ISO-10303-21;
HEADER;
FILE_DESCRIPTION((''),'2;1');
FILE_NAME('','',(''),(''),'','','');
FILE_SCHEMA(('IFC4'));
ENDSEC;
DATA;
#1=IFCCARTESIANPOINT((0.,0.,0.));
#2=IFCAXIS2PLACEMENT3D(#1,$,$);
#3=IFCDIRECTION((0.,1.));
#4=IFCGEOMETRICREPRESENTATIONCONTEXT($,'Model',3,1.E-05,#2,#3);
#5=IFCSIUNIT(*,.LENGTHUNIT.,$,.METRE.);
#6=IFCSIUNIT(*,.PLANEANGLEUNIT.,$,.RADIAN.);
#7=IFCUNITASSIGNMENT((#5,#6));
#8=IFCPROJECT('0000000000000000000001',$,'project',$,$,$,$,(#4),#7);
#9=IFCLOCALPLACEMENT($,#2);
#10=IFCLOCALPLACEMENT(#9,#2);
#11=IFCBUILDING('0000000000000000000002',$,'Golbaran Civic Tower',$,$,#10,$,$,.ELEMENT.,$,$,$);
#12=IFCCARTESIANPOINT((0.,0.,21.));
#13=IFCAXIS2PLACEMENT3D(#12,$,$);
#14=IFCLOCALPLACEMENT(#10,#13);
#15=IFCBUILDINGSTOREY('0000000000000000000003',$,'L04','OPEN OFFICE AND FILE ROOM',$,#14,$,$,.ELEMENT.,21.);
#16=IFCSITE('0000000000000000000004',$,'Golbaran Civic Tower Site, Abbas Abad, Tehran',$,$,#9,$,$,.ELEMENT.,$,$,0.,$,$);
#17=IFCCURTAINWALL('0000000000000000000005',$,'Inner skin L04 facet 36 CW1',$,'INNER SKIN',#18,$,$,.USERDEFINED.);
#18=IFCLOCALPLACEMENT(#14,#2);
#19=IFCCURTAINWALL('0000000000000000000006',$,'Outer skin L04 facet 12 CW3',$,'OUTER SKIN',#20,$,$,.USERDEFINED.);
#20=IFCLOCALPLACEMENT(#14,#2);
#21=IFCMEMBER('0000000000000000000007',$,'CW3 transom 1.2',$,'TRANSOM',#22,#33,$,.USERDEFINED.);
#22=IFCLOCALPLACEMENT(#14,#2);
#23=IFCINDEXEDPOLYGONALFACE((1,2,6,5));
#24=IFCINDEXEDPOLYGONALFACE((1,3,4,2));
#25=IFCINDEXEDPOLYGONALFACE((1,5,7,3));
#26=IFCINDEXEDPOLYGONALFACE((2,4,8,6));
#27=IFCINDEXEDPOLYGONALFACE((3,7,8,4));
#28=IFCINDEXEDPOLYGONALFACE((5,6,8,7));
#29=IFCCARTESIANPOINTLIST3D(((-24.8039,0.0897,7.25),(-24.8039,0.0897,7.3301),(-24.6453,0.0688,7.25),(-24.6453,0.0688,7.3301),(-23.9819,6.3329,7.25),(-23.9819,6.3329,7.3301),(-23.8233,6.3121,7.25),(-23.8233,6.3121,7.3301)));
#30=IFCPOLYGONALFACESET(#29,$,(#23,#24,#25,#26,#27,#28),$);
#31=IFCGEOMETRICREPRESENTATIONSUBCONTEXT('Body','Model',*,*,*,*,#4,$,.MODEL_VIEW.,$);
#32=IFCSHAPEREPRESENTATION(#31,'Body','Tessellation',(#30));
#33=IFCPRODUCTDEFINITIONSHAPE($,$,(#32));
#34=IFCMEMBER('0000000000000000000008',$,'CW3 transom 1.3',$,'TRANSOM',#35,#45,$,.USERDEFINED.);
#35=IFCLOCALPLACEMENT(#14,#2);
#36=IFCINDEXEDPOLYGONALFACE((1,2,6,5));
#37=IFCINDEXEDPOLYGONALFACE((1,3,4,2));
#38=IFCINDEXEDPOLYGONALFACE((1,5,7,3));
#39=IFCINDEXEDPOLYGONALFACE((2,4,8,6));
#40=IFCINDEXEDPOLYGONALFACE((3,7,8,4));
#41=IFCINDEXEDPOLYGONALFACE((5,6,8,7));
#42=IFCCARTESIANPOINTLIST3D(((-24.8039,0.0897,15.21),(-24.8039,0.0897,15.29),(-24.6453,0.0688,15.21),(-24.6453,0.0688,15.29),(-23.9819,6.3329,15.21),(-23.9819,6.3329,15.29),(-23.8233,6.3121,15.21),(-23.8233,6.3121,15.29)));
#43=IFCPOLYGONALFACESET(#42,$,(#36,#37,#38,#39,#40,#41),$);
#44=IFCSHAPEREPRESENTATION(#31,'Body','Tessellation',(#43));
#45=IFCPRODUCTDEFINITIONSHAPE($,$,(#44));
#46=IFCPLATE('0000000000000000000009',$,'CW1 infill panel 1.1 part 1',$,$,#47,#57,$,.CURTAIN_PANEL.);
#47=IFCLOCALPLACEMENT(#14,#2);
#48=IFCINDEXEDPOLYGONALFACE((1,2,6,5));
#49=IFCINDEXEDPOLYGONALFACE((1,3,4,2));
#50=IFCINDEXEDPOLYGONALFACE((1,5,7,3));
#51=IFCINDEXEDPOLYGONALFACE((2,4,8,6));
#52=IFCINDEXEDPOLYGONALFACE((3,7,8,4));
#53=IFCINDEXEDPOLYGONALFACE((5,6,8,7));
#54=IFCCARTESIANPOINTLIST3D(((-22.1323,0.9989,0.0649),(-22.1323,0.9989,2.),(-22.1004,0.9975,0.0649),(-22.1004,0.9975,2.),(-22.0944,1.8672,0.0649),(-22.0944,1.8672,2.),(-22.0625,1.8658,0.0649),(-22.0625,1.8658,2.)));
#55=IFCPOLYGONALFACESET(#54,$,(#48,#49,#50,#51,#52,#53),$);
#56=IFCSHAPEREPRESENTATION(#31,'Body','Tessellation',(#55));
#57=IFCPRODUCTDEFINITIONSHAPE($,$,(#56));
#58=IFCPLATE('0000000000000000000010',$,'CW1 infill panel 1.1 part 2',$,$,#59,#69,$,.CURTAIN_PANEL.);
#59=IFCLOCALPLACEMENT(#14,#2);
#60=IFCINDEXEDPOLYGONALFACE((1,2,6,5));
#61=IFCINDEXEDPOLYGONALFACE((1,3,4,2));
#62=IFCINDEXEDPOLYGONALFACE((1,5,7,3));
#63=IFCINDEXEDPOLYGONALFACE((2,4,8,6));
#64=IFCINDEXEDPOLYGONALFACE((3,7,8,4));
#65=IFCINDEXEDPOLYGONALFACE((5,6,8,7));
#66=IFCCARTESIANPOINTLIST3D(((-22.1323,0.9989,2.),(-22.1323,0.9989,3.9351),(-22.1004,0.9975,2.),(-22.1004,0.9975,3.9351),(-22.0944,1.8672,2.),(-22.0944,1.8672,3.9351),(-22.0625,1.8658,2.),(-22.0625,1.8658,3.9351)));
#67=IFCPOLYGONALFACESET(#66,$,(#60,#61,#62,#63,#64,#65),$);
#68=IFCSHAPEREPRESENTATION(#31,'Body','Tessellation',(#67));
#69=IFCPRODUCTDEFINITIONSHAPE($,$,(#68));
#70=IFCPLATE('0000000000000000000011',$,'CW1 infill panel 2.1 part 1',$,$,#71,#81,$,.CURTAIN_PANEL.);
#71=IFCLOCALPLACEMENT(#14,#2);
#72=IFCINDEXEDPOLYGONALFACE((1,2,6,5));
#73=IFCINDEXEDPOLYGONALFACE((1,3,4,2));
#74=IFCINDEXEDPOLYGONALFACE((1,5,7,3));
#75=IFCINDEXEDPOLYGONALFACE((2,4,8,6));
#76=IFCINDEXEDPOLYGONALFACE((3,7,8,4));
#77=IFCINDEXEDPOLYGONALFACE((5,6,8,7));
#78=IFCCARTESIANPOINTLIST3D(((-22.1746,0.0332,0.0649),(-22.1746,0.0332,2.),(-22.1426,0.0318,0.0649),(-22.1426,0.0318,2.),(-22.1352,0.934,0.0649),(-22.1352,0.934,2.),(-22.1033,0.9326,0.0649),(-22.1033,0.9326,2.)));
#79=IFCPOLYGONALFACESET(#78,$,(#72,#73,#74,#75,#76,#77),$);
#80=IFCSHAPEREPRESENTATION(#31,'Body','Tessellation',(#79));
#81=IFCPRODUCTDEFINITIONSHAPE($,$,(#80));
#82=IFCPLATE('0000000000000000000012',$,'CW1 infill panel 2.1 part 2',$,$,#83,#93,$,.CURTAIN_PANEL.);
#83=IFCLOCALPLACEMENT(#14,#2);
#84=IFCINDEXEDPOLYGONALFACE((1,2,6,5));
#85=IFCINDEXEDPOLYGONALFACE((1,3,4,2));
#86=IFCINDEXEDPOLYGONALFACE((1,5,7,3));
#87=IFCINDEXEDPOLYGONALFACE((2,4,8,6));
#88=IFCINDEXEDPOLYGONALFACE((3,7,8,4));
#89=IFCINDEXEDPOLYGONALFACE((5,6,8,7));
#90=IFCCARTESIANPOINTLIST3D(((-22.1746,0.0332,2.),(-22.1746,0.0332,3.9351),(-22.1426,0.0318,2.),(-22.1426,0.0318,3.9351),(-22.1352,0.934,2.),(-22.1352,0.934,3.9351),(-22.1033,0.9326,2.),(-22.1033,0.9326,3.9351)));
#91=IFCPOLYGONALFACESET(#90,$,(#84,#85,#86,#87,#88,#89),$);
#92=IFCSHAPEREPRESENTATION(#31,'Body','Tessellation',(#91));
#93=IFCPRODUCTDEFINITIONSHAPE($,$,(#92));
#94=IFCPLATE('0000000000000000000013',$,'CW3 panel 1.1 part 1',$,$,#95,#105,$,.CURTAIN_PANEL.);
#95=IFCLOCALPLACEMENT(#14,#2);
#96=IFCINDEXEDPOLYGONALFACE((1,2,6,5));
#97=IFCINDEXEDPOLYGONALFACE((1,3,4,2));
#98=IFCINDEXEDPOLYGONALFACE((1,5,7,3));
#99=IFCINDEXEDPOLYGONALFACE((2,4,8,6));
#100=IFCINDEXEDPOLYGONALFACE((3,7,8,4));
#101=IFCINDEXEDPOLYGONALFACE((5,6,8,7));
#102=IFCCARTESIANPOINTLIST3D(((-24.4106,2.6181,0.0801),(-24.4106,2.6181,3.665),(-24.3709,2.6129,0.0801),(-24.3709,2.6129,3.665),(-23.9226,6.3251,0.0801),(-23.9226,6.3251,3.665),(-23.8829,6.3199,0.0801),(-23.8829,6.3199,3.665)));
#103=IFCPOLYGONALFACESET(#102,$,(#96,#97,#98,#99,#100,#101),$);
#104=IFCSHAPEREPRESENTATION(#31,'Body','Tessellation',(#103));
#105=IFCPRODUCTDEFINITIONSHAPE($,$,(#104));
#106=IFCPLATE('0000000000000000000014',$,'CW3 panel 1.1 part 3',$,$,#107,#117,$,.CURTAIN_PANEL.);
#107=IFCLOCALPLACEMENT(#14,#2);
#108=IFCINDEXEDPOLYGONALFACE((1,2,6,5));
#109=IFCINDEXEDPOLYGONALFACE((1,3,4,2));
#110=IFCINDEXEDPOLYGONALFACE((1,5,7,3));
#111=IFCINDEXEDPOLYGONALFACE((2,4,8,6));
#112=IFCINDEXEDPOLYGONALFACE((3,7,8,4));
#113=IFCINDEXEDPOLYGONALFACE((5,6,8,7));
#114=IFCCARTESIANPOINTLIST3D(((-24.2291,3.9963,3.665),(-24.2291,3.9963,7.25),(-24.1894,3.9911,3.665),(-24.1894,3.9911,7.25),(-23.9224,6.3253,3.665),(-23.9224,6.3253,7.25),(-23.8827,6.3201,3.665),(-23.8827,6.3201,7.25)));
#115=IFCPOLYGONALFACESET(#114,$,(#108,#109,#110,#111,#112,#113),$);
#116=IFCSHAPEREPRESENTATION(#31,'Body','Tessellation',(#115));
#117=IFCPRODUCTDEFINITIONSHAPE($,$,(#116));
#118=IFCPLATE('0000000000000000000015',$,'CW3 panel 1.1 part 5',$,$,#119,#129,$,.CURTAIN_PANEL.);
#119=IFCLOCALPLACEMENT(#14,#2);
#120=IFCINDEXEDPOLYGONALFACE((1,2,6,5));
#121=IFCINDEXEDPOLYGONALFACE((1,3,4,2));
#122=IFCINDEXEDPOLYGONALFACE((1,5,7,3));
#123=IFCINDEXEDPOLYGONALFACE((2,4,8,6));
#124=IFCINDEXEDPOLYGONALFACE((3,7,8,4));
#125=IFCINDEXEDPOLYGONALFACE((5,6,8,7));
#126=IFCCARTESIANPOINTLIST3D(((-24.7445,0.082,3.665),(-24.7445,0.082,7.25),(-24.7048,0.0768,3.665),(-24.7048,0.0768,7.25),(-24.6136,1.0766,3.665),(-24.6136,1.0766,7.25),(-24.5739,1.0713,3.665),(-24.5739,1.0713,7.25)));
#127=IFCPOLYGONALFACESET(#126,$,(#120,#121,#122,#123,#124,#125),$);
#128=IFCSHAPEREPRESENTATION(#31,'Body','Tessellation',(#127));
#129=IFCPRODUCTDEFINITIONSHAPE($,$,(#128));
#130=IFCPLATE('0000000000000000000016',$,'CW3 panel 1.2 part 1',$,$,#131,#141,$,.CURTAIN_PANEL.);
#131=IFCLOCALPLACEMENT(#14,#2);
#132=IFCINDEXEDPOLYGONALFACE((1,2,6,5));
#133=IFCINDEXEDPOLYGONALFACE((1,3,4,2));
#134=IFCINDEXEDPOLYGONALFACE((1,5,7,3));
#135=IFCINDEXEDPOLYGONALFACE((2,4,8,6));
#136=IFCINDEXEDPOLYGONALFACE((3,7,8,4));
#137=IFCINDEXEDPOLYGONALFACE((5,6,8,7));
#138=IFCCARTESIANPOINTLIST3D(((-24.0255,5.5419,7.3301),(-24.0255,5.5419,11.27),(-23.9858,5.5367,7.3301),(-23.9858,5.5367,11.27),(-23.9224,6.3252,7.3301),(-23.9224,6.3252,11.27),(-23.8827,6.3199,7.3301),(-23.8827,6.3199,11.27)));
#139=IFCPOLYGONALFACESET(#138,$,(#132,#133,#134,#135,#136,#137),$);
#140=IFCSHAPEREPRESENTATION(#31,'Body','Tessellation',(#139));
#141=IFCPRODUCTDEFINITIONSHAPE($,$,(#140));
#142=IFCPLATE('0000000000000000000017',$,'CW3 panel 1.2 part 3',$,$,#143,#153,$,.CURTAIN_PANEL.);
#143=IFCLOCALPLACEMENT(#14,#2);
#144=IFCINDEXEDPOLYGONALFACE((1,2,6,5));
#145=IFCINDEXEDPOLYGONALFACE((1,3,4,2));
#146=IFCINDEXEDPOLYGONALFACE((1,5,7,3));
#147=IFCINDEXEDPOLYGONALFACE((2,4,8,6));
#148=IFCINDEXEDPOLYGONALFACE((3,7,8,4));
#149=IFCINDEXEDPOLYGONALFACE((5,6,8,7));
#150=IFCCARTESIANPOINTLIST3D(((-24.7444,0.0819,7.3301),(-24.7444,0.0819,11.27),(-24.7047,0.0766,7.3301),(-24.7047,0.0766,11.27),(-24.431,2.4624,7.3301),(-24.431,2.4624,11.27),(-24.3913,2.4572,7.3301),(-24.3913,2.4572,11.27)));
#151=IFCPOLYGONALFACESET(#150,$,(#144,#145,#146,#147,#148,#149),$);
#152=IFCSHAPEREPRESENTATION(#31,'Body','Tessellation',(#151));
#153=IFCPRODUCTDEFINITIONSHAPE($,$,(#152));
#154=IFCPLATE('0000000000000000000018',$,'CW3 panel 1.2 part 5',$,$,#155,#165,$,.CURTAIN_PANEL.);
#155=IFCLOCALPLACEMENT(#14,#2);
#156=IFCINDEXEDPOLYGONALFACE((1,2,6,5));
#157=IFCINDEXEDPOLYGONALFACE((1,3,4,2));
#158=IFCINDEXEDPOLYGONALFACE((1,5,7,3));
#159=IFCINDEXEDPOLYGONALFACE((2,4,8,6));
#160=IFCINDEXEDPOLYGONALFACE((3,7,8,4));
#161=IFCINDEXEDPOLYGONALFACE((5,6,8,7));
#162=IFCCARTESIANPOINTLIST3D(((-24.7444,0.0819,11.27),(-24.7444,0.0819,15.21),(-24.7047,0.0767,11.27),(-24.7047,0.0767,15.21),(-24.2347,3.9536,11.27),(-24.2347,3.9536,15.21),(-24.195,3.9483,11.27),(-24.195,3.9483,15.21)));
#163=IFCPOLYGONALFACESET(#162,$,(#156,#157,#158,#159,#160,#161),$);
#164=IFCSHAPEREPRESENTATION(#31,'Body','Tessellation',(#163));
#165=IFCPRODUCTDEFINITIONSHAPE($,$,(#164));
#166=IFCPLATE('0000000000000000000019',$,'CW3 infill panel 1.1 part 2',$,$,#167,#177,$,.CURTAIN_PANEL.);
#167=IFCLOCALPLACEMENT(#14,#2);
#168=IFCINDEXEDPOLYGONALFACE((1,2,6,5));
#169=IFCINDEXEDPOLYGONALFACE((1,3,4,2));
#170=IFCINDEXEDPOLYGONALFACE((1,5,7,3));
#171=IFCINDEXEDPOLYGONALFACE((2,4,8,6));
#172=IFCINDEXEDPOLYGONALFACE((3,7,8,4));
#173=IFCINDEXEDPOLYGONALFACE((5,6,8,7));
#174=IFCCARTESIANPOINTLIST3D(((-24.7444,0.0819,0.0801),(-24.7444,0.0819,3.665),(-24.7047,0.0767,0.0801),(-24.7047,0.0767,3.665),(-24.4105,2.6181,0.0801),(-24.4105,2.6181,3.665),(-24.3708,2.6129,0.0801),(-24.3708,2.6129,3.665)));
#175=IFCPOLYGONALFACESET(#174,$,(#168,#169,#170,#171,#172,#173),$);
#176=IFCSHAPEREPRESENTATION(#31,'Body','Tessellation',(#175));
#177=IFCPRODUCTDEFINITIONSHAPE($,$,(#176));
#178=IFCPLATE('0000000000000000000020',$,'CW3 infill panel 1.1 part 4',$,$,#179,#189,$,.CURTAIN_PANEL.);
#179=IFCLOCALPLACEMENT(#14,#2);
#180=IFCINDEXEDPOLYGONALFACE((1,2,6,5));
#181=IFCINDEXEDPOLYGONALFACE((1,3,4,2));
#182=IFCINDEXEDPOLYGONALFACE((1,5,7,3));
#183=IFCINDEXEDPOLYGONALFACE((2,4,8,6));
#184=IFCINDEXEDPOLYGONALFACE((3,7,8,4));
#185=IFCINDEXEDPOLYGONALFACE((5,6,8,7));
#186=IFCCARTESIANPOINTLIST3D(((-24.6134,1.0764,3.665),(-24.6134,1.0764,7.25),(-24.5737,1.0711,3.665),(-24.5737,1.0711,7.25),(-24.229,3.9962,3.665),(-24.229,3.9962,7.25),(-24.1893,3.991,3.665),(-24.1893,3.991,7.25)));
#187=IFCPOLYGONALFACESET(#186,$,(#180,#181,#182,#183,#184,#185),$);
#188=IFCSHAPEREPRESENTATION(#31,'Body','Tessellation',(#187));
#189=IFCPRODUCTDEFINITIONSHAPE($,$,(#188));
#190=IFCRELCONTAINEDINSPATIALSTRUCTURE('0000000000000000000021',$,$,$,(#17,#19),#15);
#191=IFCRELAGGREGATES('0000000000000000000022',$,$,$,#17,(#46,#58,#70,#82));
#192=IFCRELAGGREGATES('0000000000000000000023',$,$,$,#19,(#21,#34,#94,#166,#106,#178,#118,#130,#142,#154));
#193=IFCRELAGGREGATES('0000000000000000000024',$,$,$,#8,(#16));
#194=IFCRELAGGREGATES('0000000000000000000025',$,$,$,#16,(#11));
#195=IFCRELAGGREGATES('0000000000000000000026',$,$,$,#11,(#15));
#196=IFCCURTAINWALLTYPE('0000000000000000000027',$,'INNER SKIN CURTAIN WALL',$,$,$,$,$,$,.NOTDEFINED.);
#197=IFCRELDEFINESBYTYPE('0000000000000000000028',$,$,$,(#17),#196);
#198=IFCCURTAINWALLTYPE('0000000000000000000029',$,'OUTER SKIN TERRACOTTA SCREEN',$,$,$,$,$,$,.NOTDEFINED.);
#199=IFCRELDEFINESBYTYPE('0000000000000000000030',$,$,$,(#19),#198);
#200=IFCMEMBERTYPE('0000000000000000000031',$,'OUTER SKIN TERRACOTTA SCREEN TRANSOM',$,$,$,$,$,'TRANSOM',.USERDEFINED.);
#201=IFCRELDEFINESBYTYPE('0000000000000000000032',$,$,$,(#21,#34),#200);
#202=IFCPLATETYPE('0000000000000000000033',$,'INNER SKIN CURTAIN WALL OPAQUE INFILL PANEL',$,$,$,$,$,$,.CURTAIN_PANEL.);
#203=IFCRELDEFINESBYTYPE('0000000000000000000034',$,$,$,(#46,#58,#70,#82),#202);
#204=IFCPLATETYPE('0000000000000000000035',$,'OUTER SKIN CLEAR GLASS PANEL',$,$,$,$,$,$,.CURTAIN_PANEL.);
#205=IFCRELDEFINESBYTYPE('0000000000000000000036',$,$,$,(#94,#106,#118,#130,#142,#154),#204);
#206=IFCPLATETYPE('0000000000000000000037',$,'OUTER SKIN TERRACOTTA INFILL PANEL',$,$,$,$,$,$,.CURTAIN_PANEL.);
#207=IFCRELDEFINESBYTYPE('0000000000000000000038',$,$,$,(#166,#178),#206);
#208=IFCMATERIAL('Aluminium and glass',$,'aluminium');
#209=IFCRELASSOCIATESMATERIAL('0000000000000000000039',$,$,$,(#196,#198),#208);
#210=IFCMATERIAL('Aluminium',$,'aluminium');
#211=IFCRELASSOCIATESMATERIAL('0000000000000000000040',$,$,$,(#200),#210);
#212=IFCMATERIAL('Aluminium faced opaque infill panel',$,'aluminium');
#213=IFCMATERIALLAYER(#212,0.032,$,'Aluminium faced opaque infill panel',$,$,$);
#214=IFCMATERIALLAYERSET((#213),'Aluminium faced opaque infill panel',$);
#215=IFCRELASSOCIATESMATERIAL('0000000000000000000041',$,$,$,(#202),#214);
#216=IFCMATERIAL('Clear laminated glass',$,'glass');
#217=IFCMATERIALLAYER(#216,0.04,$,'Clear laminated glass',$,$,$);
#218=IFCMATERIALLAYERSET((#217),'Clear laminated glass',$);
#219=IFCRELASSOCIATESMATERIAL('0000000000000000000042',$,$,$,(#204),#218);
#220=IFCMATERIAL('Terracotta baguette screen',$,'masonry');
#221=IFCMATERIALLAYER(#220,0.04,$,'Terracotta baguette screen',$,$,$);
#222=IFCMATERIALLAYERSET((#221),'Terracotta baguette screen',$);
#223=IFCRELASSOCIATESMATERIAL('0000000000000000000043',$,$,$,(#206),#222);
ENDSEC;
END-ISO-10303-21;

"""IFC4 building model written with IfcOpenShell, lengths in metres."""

from ifc_helpers import new_model, si_unit, direction, frame, origin, origin_2d, place, context, subcontext, project, spatial, rectangle, extrude, material, layer, layer_set, material_profile, profile_set, type_object, element, aggregate, save


model = new_model("IFC4")

# Units and contexts
model_context = context("Model", 3, precision=1e-05, world=origin(), true_north=direction((0.0, 1.0)))
body_context = subcontext(model_context, "Body", "Model", "MODEL_VIEW")
ifc_project = project(units=[si_unit("LENGTHUNIT", "METRE"), si_unit("PLANEANGLEUNIT", "RADIAN")], contexts=[model_context])

# Site, building, storey
site_placement = place(None, origin())
site = spatial("IfcSite", under=ifc_project, at=site_placement, Name="Golbaran Civic Tower Site, Abbas Abad, Tehran", CompositionType="ELEMENT", RefElevation=0.0)
building_placement = place(site_placement, origin())
building = spatial("IfcBuilding", under=site, at=building_placement, Name="Golbaran Civic Tower", CompositionType="ELEMENT")
storey_placement = place(building_placement, frame((0.0, 0.0, 21.0)))
storey = spatial("IfcBuildingStorey", under=building, at=storey_placement, Name="L04", Description="OPEN OFFICE AND FILE ROOM", CompositionType="ELEMENT", Elevation=21.0)

# Curtain wall
ifc_material_1 = material(Name="Aluminium and glass", Category="aluminium")
curtain_wall_type_1 = type_object("IfcCurtainWallType", Name="INNER SKIN CURTAIN WALL", PredefinedType="NOTDEFINED", material=ifc_material_1)
curtain_wall_1_placement = place(storey_placement, origin())
curtain_wall_1 = element("IfcCurtainWall", 1, at=curtain_wall_1_placement, inside=storey, type_object=curtain_wall_type_1, Name="Inner skin L04 facet 36 CW1", ObjectType="INNER SKIN", PredefinedType="USERDEFINED")
ifc_material_2 = material(Name="Aluminium", Category="aluminium")

# Shared definitions
curtain_wall_type_2 = type_object("IfcCurtainWallType", Name="OUTER SKIN TERRACOTTA SCREEN", PredefinedType="NOTDEFINED", material=ifc_material_1)

# Curtain wall, members
curtain_wall_2_placement = place(storey_placement, origin())
curtain_wall_2 = element("IfcCurtainWall", 2, at=curtain_wall_2_placement, inside=storey, type_object=curtain_wall_type_2, Name="Outer skin L04 facet 12 CW3", ObjectType="OUTER SKIN", PredefinedType="USERDEFINED")
ifc_material_profile_1 = material_profile(ifc_material_2, rectangle(XDim=0.1599, YDim=0.0801, at=origin_2d()), Name="OUTER SKIN TERRACOTTA SCREEN TRANSOM")
ifc_profile_set_1 = profile_set([ifc_material_profile_1], Name="Aluminium")
member_type_1 = type_object("IfcMemberType", Name="OUTER SKIN TERRACOTTA SCREEN TRANSOM", ElementType="TRANSOM", PredefinedType="USERDEFINED", material=ifc_profile_set_1)
member_1_placement = place(storey_placement, frame((-23.9026, 6.3225, 7.29), z_axis=(-0.130541, -0.991443, 0.0), x_axis=(0.991443, -0.130541, 0.0)))
member_1 = element("IfcMember", 3, at=member_1_placement, type_object=member_type_1, Name="CW3 transom 1.2", ObjectType="TRANSOM", PredefinedType="USERDEFINED", context=body_context, shape_type="SweptSolid", body=[
    extrude(rectangle(XDim=0.1599, YDim=0.0801, at=origin_2d()), origin(), (0.0, 0.0, 1.0), 6.2971),
])
member_2_placement = place(storey_placement, frame((-23.9026, 6.3225, 15.25), z_axis=(-0.130541, -0.991443, 0.0), x_axis=(0.991443, -0.130541, 0.0)))
member_2 = element("IfcMember", 4, at=member_2_placement, type_object=member_type_1, Name="CW3 transom 1.3", ObjectType="TRANSOM", PredefinedType="USERDEFINED", context=body_context, shape_type="SweptSolid", body=[
    extrude(rectangle(XDim=0.1599, YDim=0.0801, at=origin_2d()), origin(), (0.0, 0.0, 1.0), 6.2971),
])

# Plates
ifc_material_3 = material(Name="Aluminium faced opaque infill panel", Category="aluminium")
ifc_layer_1 = layer(ifc_material_3, 0.032, Name="Aluminium faced opaque infill panel")
ifc_layer_set_1 = layer_set([ifc_layer_1], Name="Aluminium faced opaque infill panel")
plate_type_1 = type_object("IfcPlateType", Name="INNER SKIN CURTAIN WALL OPAQUE INFILL PANEL", PredefinedType="CURTAIN_PANEL", material=ifc_layer_set_1)
plate_1_placement = place(storey_placement, frame((-22.0974, 1.4324, 0.0649), z_axis=(0.0, 0.0, 1.0), x_axis=(-0.043619, -0.999048, 0.0)))
plate_1 = element("IfcPlate", 5, at=plate_1_placement, type_object=plate_type_1, Name="CW1 infill panel 1.1 part 1", PredefinedType="CURTAIN_PANEL", context=body_context, shape_type="SweptSolid", body=[
    extrude(rectangle(XDim=0.8691, YDim=0.032, at=origin_2d()), origin(), (0.0, 0.0, 1.0), 1.9351),
])
plate_2_placement = place(storey_placement, frame((-22.0974, 1.4324, 2.0), z_axis=(0.0, 0.0, 1.0), x_axis=(-0.043619, -0.999048, 0.0)))
plate_2 = element("IfcPlate", 6, at=plate_2_placement, type_object=plate_type_1, Name="CW1 infill panel 1.1 part 2", PredefinedType="CURTAIN_PANEL", context=body_context, shape_type="SweptSolid", body=[
    extrude(rectangle(XDim=0.8691, YDim=0.032, at=origin_2d()), origin(), (0.0, 0.0, 1.0), 1.9351),
])
plate_3_placement = place(storey_placement, frame((-22.1389, 0.4829, 0.0649), z_axis=(0.0, 0.0, 1.0), x_axis=(-0.043619, -0.999048, 0.0)))
plate_3 = element("IfcPlate", 7, at=plate_3_placement, type_object=plate_type_1, Name="CW1 infill panel 2.1 part 1", PredefinedType="CURTAIN_PANEL", context=body_context, shape_type="SweptSolid", body=[
    extrude(rectangle(XDim=0.9016, YDim=0.032, at=origin_2d()), origin(), (0.0, 0.0, 1.0), 1.9351),
])
plate_4_placement = place(storey_placement, frame((-22.1389, 0.4829, 2.0), z_axis=(0.0, 0.0, 1.0), x_axis=(-0.043619, -0.999048, 0.0)))
plate_4 = element("IfcPlate", 8, at=plate_4_placement, type_object=plate_type_1, Name="CW1 infill panel 2.1 part 2", PredefinedType="CURTAIN_PANEL", context=body_context, shape_type="SweptSolid", body=[
    extrude(rectangle(XDim=0.9016, YDim=0.032, at=origin_2d()), origin(), (0.0, 0.0, 1.0), 1.9351),
])
aggregate(curtain_wall_1, [plate_1, plate_2, plate_3, plate_4])
ifc_material_4 = material(Name="Clear laminated glass", Category="glass")
ifc_layer_2 = layer(ifc_material_4, 0.04, Name="Clear laminated glass")
ifc_layer_set_2 = layer_set([ifc_layer_2], Name="Clear laminated glass")
plate_type_2 = type_object("IfcPlateType", Name="OUTER SKIN CLEAR GLASS PANEL", PredefinedType="CURTAIN_PANEL", material=ifc_layer_set_2)
plate_5_placement = place(storey_placement, frame((-24.1467, 4.469, 0.0801), z_axis=(0.0, 0.0, 1.0), x_axis=(-0.130526, -0.991445, 0.0)))
plate_5 = element("IfcPlate", 9, at=plate_5_placement, type_object=plate_type_2, Name="CW3 panel 1.1 part 1", PredefinedType="CURTAIN_PANEL", context=body_context, shape_type="SweptSolid", body=[
    extrude(rectangle(XDim=3.739, YDim=0.04, at=origin_2d()), origin(), (0.0, 0.0, 1.0), 3.585),
])
plate_6_placement = place(storey_placement, frame((-24.0559, 5.1582, 3.665), z_axis=(0.0, 0.0, 1.0), x_axis=(-0.130526, -0.991445, 0.0)))
plate_6 = element("IfcPlate", 10, at=plate_6_placement, type_object=plate_type_2, Name="CW3 panel 1.1 part 3", PredefinedType="CURTAIN_PANEL", context=body_context, shape_type="SweptSolid", body=[
    extrude(rectangle(XDim=2.3491, YDim=0.04, at=origin_2d()), origin(), (0.0, 0.0, 1.0), 3.585),
])
plate_7_placement = place(storey_placement, frame((-24.6592, 0.5767, 3.665), z_axis=(0.0, 0.0, 1.0), x_axis=(-0.130526, -0.991445, 0.0)))
plate_7 = element("IfcPlate", 11, at=plate_7_placement, type_object=plate_type_2, Name="CW3 panel 1.1 part 5", PredefinedType="CURTAIN_PANEL", context=body_context, shape_type="SweptSolid", body=[
    extrude(rectangle(XDim=1.0032, YDim=0.04, at=origin_2d()), origin(), (0.0, 0.0, 1.0), 3.585),
])
plate_8_placement = place(storey_placement, frame((-23.9541, 5.9309, 7.3301), z_axis=(0.0, 0.0, 1.0), x_axis=(-0.130526, -0.991445, 0.0)))
plate_8 = element("IfcPlate", 12, at=plate_8_placement, type_object=plate_type_2, Name="CW3 panel 1.2 part 1", PredefinedType="CURTAIN_PANEL", context=body_context, shape_type="SweptSolid", body=[
    extrude(rectangle(XDim=0.79, YDim=0.04, at=origin_2d()), origin(), (0.0, 0.0, 1.0), 3.9399),
])
plate_9_placement = place(storey_placement, frame((-24.5679, 1.2695, 7.3301), z_axis=(0.0, 0.0, 1.0), x_axis=(-0.130526, -0.991445, 0.0)))
plate_9 = element("IfcPlate", 13, at=plate_9_placement, type_object=plate_type_2, Name="CW3 panel 1.2 part 3", PredefinedType="CURTAIN_PANEL", context=body_context, shape_type="SweptSolid", body=[
    extrude(rectangle(XDim=2.4011, YDim=0.04, at=origin_2d()), origin(), (0.0, 0.0, 1.0), 3.9399),
])
plate_10_placement = place(storey_placement, frame((-24.4697, 2.0151, 11.27), z_axis=(0.0, 0.0, 1.0), x_axis=(-0.130526, -0.991445, 0.0)))
plate_10 = element("IfcPlate", 14, at=plate_10_placement, type_object=plate_type_2, Name="CW3 panel 1.2 part 5", PredefinedType="CURTAIN_PANEL", context=body_context, shape_type="SweptSolid", body=[
    extrude(rectangle(XDim=3.905, YDim=0.04, at=origin_2d()), origin(), (0.0, 0.0, 1.0), 3.9399),
])
ifc_material_5 = material(Name="Terracotta baguette screen", Category="masonry")
ifc_layer_3 = layer(ifc_material_5, 0.04, Name="Terracotta baguette screen")
ifc_layer_set_3 = layer_set([ifc_layer_3], Name="Terracotta baguette screen")
plate_type_3 = type_object("IfcPlateType", Name="OUTER SKIN TERRACOTTA INFILL PANEL", PredefinedType="CURTAIN_PANEL", material=ifc_layer_set_3)
plate_11_placement = place(storey_placement, frame((-24.5576, 1.3474, 0.0801), z_axis=(0.0, 0.0, 1.0), x_axis=(-0.130526, -0.991445, 0.0)))
plate_11 = element("IfcPlate", 15, at=plate_11_placement, type_object=plate_type_3, Name="CW3 infill panel 1.1 part 2", PredefinedType="CURTAIN_PANEL", context=body_context, shape_type="SweptSolid", body=[
    extrude(rectangle(XDim=2.5581, YDim=0.04, at=origin_2d()), origin(), (0.0, 0.0, 1.0), 3.585),
])
plate_12_placement = place(storey_placement, frame((-24.4014, 2.5337, 3.665), z_axis=(0.0, 0.0, 1.0), x_axis=(-0.130526, -0.991445, 0.0)))
plate_12 = element("IfcPlate", 16, at=plate_12_placement, type_object=plate_type_3, Name="CW3 infill panel 1.1 part 4", PredefinedType="CURTAIN_PANEL", context=body_context, shape_type="SweptSolid", body=[
    extrude(rectangle(XDim=2.9451, YDim=0.04, at=origin_2d()), origin(), (0.0, 0.0, 1.0), 3.585),
])
aggregate(curtain_wall_2, [member_1, member_2, plate_5, plate_11, plate_6, plate_12, plate_7, plate_8, plate_9, plate_10])

save(model, "model.ifc")
